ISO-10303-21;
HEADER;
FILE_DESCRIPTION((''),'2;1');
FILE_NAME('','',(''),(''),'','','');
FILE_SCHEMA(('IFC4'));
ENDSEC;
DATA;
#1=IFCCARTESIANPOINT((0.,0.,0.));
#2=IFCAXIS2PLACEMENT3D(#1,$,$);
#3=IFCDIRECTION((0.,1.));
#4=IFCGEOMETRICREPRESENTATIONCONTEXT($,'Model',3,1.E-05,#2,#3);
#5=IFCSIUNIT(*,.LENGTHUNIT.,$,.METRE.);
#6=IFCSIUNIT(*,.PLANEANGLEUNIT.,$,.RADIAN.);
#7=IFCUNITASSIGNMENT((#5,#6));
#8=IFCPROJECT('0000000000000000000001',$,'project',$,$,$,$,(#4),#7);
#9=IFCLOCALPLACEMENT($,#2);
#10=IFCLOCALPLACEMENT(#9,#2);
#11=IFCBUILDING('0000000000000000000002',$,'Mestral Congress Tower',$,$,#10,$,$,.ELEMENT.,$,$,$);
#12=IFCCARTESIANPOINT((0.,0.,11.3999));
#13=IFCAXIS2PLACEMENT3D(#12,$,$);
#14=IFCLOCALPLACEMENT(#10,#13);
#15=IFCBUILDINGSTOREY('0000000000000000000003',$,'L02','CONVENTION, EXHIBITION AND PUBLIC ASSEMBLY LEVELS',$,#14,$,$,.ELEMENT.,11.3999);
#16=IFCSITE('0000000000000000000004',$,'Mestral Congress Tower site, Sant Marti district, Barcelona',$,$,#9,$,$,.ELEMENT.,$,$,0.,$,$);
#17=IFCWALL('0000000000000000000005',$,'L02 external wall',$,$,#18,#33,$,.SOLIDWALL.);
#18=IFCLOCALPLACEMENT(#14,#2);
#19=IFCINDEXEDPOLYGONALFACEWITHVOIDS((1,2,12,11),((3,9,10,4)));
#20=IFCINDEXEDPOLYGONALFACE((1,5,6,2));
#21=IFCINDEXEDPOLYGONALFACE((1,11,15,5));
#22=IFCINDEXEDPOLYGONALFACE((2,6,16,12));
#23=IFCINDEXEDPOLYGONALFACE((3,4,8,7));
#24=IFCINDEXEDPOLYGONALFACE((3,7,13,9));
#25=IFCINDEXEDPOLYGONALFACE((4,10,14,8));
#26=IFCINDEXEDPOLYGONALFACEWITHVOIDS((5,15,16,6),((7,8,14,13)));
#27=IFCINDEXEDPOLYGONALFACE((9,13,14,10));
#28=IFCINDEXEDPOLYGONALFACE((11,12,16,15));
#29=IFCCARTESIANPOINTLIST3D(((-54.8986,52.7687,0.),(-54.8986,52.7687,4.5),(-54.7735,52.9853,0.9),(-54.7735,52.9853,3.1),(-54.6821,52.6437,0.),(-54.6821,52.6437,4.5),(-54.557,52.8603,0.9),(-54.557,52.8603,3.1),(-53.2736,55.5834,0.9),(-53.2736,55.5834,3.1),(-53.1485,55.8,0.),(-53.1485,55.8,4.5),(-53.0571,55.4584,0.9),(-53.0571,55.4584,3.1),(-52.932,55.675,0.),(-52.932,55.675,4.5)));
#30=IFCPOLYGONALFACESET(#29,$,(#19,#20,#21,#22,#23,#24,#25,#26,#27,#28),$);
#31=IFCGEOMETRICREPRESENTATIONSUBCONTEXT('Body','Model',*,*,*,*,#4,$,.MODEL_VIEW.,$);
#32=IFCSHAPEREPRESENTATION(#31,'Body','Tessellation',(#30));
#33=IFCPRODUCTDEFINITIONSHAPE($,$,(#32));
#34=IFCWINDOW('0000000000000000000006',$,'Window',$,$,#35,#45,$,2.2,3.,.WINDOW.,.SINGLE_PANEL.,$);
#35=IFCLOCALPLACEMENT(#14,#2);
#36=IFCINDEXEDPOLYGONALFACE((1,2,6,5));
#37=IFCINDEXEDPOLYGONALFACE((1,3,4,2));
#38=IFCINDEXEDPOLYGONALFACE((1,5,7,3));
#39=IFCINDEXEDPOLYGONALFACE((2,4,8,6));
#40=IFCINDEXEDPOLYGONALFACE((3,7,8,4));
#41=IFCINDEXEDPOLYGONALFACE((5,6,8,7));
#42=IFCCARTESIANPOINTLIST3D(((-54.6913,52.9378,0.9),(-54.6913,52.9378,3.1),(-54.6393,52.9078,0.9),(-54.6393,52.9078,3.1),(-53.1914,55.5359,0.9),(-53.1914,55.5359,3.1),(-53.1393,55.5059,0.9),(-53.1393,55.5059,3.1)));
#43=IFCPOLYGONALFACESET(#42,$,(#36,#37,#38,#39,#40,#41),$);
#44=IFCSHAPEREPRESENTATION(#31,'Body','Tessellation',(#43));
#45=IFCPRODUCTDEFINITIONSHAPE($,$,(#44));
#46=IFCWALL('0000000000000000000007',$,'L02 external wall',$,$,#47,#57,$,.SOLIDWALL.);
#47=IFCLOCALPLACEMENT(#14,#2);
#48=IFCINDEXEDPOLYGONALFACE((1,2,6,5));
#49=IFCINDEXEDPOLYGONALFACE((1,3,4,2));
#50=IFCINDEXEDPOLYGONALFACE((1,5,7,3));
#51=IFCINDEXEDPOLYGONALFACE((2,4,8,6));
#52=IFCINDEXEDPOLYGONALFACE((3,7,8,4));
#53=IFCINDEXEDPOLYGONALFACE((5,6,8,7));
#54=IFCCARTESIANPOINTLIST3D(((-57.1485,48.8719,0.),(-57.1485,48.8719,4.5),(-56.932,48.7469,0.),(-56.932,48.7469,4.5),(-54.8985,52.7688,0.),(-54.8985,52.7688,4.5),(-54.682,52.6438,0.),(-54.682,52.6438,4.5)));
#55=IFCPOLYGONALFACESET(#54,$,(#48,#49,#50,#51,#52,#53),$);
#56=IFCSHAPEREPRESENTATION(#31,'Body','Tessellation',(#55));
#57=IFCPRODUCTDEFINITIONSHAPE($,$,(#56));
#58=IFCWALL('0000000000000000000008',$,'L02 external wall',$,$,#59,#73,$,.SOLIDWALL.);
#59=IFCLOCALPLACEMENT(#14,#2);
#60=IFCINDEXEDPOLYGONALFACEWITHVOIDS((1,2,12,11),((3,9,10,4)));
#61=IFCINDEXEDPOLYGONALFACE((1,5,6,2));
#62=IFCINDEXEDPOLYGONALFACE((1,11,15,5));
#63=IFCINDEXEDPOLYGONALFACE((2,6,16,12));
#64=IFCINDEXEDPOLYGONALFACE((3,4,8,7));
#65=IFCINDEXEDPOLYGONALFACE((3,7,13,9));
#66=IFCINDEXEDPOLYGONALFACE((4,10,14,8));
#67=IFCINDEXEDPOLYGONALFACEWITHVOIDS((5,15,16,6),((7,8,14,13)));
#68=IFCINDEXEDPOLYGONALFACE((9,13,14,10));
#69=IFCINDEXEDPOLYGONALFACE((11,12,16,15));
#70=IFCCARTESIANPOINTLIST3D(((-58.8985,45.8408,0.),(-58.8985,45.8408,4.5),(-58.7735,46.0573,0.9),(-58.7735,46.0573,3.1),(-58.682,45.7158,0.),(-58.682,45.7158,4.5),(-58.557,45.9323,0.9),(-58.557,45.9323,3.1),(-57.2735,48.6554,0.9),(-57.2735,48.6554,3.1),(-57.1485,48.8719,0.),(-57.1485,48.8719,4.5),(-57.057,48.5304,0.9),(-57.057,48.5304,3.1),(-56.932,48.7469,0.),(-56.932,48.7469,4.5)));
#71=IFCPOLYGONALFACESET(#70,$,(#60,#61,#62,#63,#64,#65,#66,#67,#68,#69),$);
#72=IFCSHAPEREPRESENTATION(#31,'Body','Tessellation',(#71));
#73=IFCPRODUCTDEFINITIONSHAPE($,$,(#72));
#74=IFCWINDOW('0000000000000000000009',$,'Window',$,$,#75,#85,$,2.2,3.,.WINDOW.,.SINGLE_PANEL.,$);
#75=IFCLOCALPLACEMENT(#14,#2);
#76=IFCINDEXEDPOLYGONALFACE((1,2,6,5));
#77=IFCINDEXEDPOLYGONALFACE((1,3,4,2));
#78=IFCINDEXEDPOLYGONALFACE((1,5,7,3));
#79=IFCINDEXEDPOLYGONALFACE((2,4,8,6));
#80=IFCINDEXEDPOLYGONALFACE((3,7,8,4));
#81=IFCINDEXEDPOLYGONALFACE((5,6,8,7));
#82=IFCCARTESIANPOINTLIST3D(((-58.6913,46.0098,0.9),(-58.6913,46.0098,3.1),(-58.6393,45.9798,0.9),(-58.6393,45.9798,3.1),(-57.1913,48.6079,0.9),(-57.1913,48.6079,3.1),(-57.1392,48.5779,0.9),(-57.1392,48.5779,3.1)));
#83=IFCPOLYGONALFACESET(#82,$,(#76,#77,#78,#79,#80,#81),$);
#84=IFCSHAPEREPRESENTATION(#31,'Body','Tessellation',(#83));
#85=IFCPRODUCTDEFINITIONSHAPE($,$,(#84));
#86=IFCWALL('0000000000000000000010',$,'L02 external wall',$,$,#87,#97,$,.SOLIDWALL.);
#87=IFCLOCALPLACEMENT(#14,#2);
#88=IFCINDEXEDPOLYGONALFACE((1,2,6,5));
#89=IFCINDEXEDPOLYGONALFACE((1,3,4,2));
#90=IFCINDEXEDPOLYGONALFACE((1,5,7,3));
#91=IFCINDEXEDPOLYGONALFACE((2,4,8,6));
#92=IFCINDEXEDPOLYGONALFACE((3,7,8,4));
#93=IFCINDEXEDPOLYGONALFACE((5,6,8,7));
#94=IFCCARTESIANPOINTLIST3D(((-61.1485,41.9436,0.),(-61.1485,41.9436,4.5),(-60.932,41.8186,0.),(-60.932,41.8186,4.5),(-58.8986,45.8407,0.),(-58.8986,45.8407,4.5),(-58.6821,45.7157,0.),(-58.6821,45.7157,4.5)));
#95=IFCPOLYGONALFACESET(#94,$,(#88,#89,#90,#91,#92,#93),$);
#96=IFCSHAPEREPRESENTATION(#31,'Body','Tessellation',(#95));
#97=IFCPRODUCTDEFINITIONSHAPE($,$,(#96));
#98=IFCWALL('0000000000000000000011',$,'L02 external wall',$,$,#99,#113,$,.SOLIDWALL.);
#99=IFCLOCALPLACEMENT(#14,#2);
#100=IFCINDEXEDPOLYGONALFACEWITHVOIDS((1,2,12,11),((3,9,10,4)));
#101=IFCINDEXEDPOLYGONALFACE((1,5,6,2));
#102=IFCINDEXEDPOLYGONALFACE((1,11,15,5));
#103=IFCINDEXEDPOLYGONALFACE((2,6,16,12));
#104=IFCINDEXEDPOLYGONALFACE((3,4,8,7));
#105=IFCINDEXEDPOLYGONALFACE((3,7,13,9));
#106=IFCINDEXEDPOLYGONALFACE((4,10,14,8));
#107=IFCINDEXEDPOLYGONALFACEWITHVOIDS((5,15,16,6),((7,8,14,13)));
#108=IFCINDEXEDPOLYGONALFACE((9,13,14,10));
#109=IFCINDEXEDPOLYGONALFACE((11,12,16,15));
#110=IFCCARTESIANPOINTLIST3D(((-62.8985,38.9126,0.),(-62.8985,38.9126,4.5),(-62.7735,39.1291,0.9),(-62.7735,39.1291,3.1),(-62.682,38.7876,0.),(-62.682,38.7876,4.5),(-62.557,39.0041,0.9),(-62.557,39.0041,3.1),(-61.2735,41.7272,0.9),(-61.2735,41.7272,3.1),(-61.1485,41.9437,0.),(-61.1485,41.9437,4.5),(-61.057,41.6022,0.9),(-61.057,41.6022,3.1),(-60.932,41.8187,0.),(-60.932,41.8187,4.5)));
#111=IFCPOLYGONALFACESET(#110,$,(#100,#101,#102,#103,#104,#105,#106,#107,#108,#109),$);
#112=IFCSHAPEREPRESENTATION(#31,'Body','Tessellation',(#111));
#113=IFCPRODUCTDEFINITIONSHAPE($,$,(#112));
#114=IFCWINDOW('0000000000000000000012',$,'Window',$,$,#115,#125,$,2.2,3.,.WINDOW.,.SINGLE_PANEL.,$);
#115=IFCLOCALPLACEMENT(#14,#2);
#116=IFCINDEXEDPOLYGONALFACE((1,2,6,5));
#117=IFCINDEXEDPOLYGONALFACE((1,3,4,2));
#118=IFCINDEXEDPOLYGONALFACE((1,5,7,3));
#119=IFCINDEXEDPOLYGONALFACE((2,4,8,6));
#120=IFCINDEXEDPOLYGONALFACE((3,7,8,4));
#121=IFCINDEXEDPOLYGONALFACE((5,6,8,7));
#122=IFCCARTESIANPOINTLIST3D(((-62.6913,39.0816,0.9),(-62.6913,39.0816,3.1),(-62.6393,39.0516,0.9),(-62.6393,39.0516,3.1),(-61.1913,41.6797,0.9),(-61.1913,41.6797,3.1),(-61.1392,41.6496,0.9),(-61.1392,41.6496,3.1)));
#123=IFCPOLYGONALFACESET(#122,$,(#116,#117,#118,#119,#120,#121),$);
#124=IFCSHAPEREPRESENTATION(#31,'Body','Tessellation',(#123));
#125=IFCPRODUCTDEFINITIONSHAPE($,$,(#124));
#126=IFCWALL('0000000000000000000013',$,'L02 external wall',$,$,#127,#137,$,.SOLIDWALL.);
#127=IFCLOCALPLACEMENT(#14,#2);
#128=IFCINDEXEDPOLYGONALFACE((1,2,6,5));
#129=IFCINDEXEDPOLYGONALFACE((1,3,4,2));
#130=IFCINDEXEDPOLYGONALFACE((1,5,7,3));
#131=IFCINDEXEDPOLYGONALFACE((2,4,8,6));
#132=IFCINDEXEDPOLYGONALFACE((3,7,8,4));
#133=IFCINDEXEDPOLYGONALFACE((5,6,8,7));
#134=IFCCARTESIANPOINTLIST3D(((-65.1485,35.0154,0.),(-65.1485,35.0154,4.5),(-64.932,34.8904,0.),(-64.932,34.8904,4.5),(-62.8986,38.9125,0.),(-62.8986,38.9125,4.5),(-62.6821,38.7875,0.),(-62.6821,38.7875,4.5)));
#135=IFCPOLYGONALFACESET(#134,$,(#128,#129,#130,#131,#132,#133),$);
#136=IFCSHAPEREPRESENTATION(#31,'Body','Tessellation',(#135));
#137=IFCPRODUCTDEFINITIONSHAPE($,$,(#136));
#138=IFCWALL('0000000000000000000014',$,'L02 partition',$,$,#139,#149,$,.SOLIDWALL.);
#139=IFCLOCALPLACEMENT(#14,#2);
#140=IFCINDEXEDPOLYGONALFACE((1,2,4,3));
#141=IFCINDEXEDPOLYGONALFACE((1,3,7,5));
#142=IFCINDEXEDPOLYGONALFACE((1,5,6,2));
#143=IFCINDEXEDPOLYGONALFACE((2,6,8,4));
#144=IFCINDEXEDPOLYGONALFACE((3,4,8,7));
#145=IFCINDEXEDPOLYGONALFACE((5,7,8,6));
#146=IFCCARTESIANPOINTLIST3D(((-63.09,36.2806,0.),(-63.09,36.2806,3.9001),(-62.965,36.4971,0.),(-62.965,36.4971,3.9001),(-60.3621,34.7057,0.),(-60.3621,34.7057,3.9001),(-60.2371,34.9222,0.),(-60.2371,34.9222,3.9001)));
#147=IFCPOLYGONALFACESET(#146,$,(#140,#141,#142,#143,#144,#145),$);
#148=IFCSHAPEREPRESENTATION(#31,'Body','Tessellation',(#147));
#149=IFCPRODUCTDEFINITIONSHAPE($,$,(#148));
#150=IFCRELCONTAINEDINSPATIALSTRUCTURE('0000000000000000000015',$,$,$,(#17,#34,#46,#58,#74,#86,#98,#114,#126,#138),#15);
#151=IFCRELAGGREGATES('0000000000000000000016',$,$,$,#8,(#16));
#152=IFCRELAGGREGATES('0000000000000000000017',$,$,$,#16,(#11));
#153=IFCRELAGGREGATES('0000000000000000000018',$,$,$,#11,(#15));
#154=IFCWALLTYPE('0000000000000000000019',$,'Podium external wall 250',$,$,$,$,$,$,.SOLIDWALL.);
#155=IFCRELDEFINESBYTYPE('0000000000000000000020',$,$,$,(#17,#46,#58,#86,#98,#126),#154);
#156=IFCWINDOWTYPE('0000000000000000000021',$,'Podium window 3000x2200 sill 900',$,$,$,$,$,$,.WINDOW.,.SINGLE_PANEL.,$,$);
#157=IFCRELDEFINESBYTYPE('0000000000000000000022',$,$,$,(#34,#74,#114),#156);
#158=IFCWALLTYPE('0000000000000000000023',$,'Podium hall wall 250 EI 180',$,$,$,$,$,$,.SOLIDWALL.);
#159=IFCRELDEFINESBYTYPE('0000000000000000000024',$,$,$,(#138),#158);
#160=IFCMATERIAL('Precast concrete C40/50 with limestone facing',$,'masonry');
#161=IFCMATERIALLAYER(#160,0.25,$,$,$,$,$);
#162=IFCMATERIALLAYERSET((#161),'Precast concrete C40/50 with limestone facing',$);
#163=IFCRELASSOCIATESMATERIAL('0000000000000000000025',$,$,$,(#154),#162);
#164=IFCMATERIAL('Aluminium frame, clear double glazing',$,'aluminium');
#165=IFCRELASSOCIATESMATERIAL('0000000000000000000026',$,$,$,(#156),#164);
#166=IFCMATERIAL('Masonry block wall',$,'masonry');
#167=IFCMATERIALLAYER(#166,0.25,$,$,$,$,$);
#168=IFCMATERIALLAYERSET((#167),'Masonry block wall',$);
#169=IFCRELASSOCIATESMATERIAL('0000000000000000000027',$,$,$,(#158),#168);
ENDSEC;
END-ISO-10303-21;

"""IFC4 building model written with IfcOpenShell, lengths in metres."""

from ifc_helpers import new_model, si_unit, direction, frame, frame_2d, origin, place, context, subcontext, project, spatial, rectangle, extrude, material, layer, layer_set, type_object, element, fill, save


model = new_model("IFC4")

# Units and contexts
model_context = context("Model", 3, precision=1e-05, world=origin(), true_north=direction((0.0, 1.0)))
body_context = subcontext(model_context, "Body", "Model", "MODEL_VIEW")
ifc_project = project(units=[si_unit("LENGTHUNIT", "METRE"), si_unit("PLANEANGLEUNIT", "RADIAN")], contexts=[model_context])

# Site, building, storey
site_placement = place(None, origin())
site = spatial("IfcSite", under=ifc_project, at=site_placement, Name="Mestral Congress Tower site, Sant Marti district, Barcelona", CompositionType="ELEMENT", RefElevation=0.0)
building_placement = place(site_placement, origin())
building = spatial("IfcBuilding", under=site, at=building_placement, Name="Mestral Congress Tower", CompositionType="ELEMENT")
storey_placement = place(building_placement, frame((0.0, 0.0, 11.3999)))
storey = spatial("IfcBuildingStorey", under=building, at=storey_placement, Name="L02", Description="CONVENTION, EXHIBITION AND PUBLIC ASSEMBLY LEVELS", CompositionType="ELEMENT", Elevation=11.3999)

# Shared definitions
ifc_material_1 = material(Name="Precast concrete C40/50 with limestone facing", Category="masonry")
ifc_layer_1 = layer(ifc_material_1, 0.25)
ifc_layer_set_1 = layer_set([ifc_layer_1], Name="Precast concrete C40/50 with limestone facing")
wall_type_1 = type_object("IfcWallType", Name="Podium external wall 250", PredefinedType="SOLIDWALL", material=ifc_layer_set_1)

# Wall, opening, window
wall_1_placement = place(storey_placement, frame((-54.7903, 52.7063, 0.0), z_axis=(0.0, 0.0, 1.0), x_axis=(0.49998, 0.866037, 0.0)))
wall_1 = element("IfcWall", 1, at=wall_1_placement, inside=storey, type_object=wall_type_1, Name="L02 external wall", PredefinedType="SOLIDWALL", context=body_context, shape_type="SweptSolid", body=[
    extrude(rectangle(XDim=3.5002, YDim=0.25, at=frame_2d((1.75, 0.0))), origin(), (0.0, 0.0, 1.0), 4.5),
])
opening_1_placement = place(wall_1_placement, frame((0.25, 0.0, 0.8999)))
opening_1 = element("IfcOpeningElement", 2, at=opening_1_placement, cuts=wall_1, PredefinedType="OPENING", context=body_context, shape_type="SweptSolid", body=[
    extrude(rectangle(XDim=3.0, YDim=2.2, at=frame_2d((1.5, 1.1001))), frame((0.0, 0.135, 0.0), z_axis=(0.0, -1.0, 0.0), x_axis=(1.0, 0.0, 0.0)), (0.0, 0.0, 1.0), 0.27),
])
ifc_material_2 = material(Name="Aluminium frame, clear double glazing", Category="aluminium")
window_type = type_object("IfcWindowType", Name="Podium window 3000x2200 sill 900", PartitioningType="SINGLE_PANEL", PredefinedType="WINDOW", material=ifc_material_2)
window_1_placement = place(opening_1_placement, origin())
window_1 = element("IfcWindow", 3, at=window_1_placement, inside=storey, type_object=window_type, Name="Window", OverallHeight=2.2, OverallWidth=3.0, PartitioningType="SINGLE_PANEL", PredefinedType="WINDOW", context=body_context, shape_type="SweptSolid", body=[
    extrude(rectangle(XDim=3.0, YDim=2.2, at=frame_2d((1.5, 1.1001))), frame((0.0, 0.03, 0.0), z_axis=(0.0, -1.0, 0.0), x_axis=(1.0, 0.0, 0.0)), (0.0, 0.0, 1.0), 0.0601),
])
fill(opening_1, window_1)

# Wall
wall_2_placement = place(storey_placement, frame((-57.0403, 48.8093, 0.0), z_axis=(0.0, 0.0, 1.0), x_axis=(0.500014, 0.866018, 0.0)))
element("IfcWall", 4, at=wall_2_placement, inside=storey, type_object=wall_type_1, Name="L02 external wall", PredefinedType="SOLIDWALL", context=body_context, shape_type="SweptSolid", body=[
    extrude(rectangle(XDim=4.4998, YDim=0.25, at=frame_2d((2.25, 0.0))), origin(), (0.0, 0.0, 1.0), 4.5),
])

# Wall, opening, window
wall_3_placement = place(storey_placement, frame((-58.7903, 45.7783, 0.0), z_axis=(0.0, 0.0, 1.0), x_axis=(0.50001, 0.866019, 0.0)))
wall_3 = element("IfcWall", 5, at=wall_3_placement, inside=storey, type_object=wall_type_1, Name="L02 external wall", PredefinedType="SOLIDWALL", context=body_context, shape_type="SweptSolid", body=[
    extrude(rectangle(XDim=3.5, YDim=0.25, at=frame_2d((1.75, 0.0))), origin(), (0.0, 0.0, 1.0), 4.5),
])
opening_2_placement = place(wall_3_placement, frame((0.25, 0.0, 0.8999)))
opening_2 = element("IfcOpeningElement", 6, at=opening_2_placement, cuts=wall_3, PredefinedType="OPENING", context=body_context, shape_type="SweptSolid", body=[
    extrude(rectangle(XDim=3.0, YDim=2.2, at=frame_2d((1.5, 1.1001))), frame((0.0, 0.135, 0.0), z_axis=(0.0, -1.0, 0.0), x_axis=(1.0, 0.0, 0.0)), (0.0, 0.0, 1.0), 0.27),
])
window_2_placement = place(opening_2_placement, origin())
window_2 = element("IfcWindow", 7, at=window_2_placement, inside=storey, type_object=window_type, Name="Window", OverallHeight=2.2, OverallWidth=3.0, PartitioningType="SINGLE_PANEL", PredefinedType="WINDOW", context=body_context, shape_type="SweptSolid", body=[
    extrude(rectangle(XDim=3.0, YDim=2.2, at=frame_2d((1.5, 1.1001))), frame((0.0, 0.03, 0.0), z_axis=(0.0, -1.0, 0.0), x_axis=(1.0, 0.0, 0.0)), (0.0, 0.0, 1.0), 0.0601),
])
fill(opening_2, window_2)

# Wall
wall_4_placement = place(storey_placement, frame((-61.0403, 41.8811, 0.0), z_axis=(0.0, 0.0, 1.0), x_axis=(0.49999, 0.866031, 0.0)))
element("IfcWall", 8, at=wall_4_placement, inside=storey, type_object=wall_type_1, Name="L02 external wall", PredefinedType="SOLIDWALL", context=body_context, shape_type="SweptSolid", body=[
    extrude(rectangle(XDim=4.5, YDim=0.25, at=frame_2d((2.25, 0.0))), origin(), (0.0, 0.0, 1.0), 4.5),
])

# Wall, opening, window
wall_5_placement = place(storey_placement, frame((-62.7903, 38.8501, 0.0), z_axis=(0.0, 0.0, 1.0), x_axis=(0.50001, 0.866019, 0.0)))
wall_5 = element("IfcWall", 9, at=wall_5_placement, inside=storey, type_object=wall_type_1, Name="L02 external wall", PredefinedType="SOLIDWALL", context=body_context, shape_type="SweptSolid", body=[
    extrude(rectangle(XDim=3.5, YDim=0.25, at=frame_2d((1.75, 0.0))), origin(), (0.0, 0.0, 1.0), 4.5),
])
opening_3_placement = place(wall_5_placement, frame((0.25, 0.0, 0.8999)))
opening_3 = element("IfcOpeningElement", 10, at=opening_3_placement, cuts=wall_5, PredefinedType="OPENING", context=body_context, shape_type="SweptSolid", body=[
    extrude(rectangle(XDim=3.0, YDim=2.2, at=frame_2d((1.5, 1.1001))), frame((0.0, 0.135, 0.0), z_axis=(0.0, -1.0, 0.0), x_axis=(1.0, 0.0, 0.0)), (0.0, 0.0, 1.0), 0.27),
])
window_3_placement = place(opening_3_placement, origin())
window_3 = element("IfcWindow", 11, at=window_3_placement, inside=storey, type_object=window_type, Name="Window", OverallHeight=2.2, OverallWidth=3.0, PartitioningType="SINGLE_PANEL", PredefinedType="WINDOW", context=body_context, shape_type="SweptSolid", body=[
    extrude(rectangle(XDim=3.0, YDim=2.2, at=frame_2d((1.5, 1.1001))), frame((0.0, 0.03, 0.0), z_axis=(0.0, -1.0, 0.0), x_axis=(1.0, 0.0, 0.0)), (0.0, 0.0, 1.0), 0.0601),
])
fill(opening_3, window_3)

# Walls
wall_6_placement = place(storey_placement, frame((-65.0403, 34.9529, 0.0), z_axis=(0.0, 0.0, 1.0), x_axis=(0.49999, 0.866031, 0.0)))
element("IfcWall", 12, at=wall_6_placement, inside=storey, type_object=wall_type_1, Name="L02 external wall", PredefinedType="SOLIDWALL", context=body_context, shape_type="SweptSolid", body=[
    extrude(rectangle(XDim=4.5, YDim=0.25, at=frame_2d((2.25, 0.0))), origin(), (0.0, 0.0, 1.0), 4.5),
])
ifc_material_3 = material(Name="Masonry block wall", Category="masonry")
ifc_layer_2 = layer(ifc_material_3, 0.25)
ifc_layer_set_2 = layer_set([ifc_layer_2], Name="Masonry block wall")
wall_type_2 = type_object("IfcWallType", Name="Podium hall wall 250 EI 180", PredefinedType="SOLIDWALL", material=ifc_layer_set_2)
wall_7_placement = place(storey_placement, frame((-60.2996, 34.814, 0.0), z_axis=(0.0, 0.0, 1.0), x_axis=(-0.866036, 0.499982, 0.0)))
element("IfcWall", 13, at=wall_7_placement, inside=storey, type_object=wall_type_2, Name="L02 partition", PredefinedType="SOLIDWALL", context=body_context, shape_type="SweptSolid", body=[
    extrude(rectangle(XDim=3.1499, YDim=0.25, at=frame_2d((1.575, 0.0))), origin(), (0.0, 0.0, 1.0), 3.9001),
])

save(model, "model.ifc")
